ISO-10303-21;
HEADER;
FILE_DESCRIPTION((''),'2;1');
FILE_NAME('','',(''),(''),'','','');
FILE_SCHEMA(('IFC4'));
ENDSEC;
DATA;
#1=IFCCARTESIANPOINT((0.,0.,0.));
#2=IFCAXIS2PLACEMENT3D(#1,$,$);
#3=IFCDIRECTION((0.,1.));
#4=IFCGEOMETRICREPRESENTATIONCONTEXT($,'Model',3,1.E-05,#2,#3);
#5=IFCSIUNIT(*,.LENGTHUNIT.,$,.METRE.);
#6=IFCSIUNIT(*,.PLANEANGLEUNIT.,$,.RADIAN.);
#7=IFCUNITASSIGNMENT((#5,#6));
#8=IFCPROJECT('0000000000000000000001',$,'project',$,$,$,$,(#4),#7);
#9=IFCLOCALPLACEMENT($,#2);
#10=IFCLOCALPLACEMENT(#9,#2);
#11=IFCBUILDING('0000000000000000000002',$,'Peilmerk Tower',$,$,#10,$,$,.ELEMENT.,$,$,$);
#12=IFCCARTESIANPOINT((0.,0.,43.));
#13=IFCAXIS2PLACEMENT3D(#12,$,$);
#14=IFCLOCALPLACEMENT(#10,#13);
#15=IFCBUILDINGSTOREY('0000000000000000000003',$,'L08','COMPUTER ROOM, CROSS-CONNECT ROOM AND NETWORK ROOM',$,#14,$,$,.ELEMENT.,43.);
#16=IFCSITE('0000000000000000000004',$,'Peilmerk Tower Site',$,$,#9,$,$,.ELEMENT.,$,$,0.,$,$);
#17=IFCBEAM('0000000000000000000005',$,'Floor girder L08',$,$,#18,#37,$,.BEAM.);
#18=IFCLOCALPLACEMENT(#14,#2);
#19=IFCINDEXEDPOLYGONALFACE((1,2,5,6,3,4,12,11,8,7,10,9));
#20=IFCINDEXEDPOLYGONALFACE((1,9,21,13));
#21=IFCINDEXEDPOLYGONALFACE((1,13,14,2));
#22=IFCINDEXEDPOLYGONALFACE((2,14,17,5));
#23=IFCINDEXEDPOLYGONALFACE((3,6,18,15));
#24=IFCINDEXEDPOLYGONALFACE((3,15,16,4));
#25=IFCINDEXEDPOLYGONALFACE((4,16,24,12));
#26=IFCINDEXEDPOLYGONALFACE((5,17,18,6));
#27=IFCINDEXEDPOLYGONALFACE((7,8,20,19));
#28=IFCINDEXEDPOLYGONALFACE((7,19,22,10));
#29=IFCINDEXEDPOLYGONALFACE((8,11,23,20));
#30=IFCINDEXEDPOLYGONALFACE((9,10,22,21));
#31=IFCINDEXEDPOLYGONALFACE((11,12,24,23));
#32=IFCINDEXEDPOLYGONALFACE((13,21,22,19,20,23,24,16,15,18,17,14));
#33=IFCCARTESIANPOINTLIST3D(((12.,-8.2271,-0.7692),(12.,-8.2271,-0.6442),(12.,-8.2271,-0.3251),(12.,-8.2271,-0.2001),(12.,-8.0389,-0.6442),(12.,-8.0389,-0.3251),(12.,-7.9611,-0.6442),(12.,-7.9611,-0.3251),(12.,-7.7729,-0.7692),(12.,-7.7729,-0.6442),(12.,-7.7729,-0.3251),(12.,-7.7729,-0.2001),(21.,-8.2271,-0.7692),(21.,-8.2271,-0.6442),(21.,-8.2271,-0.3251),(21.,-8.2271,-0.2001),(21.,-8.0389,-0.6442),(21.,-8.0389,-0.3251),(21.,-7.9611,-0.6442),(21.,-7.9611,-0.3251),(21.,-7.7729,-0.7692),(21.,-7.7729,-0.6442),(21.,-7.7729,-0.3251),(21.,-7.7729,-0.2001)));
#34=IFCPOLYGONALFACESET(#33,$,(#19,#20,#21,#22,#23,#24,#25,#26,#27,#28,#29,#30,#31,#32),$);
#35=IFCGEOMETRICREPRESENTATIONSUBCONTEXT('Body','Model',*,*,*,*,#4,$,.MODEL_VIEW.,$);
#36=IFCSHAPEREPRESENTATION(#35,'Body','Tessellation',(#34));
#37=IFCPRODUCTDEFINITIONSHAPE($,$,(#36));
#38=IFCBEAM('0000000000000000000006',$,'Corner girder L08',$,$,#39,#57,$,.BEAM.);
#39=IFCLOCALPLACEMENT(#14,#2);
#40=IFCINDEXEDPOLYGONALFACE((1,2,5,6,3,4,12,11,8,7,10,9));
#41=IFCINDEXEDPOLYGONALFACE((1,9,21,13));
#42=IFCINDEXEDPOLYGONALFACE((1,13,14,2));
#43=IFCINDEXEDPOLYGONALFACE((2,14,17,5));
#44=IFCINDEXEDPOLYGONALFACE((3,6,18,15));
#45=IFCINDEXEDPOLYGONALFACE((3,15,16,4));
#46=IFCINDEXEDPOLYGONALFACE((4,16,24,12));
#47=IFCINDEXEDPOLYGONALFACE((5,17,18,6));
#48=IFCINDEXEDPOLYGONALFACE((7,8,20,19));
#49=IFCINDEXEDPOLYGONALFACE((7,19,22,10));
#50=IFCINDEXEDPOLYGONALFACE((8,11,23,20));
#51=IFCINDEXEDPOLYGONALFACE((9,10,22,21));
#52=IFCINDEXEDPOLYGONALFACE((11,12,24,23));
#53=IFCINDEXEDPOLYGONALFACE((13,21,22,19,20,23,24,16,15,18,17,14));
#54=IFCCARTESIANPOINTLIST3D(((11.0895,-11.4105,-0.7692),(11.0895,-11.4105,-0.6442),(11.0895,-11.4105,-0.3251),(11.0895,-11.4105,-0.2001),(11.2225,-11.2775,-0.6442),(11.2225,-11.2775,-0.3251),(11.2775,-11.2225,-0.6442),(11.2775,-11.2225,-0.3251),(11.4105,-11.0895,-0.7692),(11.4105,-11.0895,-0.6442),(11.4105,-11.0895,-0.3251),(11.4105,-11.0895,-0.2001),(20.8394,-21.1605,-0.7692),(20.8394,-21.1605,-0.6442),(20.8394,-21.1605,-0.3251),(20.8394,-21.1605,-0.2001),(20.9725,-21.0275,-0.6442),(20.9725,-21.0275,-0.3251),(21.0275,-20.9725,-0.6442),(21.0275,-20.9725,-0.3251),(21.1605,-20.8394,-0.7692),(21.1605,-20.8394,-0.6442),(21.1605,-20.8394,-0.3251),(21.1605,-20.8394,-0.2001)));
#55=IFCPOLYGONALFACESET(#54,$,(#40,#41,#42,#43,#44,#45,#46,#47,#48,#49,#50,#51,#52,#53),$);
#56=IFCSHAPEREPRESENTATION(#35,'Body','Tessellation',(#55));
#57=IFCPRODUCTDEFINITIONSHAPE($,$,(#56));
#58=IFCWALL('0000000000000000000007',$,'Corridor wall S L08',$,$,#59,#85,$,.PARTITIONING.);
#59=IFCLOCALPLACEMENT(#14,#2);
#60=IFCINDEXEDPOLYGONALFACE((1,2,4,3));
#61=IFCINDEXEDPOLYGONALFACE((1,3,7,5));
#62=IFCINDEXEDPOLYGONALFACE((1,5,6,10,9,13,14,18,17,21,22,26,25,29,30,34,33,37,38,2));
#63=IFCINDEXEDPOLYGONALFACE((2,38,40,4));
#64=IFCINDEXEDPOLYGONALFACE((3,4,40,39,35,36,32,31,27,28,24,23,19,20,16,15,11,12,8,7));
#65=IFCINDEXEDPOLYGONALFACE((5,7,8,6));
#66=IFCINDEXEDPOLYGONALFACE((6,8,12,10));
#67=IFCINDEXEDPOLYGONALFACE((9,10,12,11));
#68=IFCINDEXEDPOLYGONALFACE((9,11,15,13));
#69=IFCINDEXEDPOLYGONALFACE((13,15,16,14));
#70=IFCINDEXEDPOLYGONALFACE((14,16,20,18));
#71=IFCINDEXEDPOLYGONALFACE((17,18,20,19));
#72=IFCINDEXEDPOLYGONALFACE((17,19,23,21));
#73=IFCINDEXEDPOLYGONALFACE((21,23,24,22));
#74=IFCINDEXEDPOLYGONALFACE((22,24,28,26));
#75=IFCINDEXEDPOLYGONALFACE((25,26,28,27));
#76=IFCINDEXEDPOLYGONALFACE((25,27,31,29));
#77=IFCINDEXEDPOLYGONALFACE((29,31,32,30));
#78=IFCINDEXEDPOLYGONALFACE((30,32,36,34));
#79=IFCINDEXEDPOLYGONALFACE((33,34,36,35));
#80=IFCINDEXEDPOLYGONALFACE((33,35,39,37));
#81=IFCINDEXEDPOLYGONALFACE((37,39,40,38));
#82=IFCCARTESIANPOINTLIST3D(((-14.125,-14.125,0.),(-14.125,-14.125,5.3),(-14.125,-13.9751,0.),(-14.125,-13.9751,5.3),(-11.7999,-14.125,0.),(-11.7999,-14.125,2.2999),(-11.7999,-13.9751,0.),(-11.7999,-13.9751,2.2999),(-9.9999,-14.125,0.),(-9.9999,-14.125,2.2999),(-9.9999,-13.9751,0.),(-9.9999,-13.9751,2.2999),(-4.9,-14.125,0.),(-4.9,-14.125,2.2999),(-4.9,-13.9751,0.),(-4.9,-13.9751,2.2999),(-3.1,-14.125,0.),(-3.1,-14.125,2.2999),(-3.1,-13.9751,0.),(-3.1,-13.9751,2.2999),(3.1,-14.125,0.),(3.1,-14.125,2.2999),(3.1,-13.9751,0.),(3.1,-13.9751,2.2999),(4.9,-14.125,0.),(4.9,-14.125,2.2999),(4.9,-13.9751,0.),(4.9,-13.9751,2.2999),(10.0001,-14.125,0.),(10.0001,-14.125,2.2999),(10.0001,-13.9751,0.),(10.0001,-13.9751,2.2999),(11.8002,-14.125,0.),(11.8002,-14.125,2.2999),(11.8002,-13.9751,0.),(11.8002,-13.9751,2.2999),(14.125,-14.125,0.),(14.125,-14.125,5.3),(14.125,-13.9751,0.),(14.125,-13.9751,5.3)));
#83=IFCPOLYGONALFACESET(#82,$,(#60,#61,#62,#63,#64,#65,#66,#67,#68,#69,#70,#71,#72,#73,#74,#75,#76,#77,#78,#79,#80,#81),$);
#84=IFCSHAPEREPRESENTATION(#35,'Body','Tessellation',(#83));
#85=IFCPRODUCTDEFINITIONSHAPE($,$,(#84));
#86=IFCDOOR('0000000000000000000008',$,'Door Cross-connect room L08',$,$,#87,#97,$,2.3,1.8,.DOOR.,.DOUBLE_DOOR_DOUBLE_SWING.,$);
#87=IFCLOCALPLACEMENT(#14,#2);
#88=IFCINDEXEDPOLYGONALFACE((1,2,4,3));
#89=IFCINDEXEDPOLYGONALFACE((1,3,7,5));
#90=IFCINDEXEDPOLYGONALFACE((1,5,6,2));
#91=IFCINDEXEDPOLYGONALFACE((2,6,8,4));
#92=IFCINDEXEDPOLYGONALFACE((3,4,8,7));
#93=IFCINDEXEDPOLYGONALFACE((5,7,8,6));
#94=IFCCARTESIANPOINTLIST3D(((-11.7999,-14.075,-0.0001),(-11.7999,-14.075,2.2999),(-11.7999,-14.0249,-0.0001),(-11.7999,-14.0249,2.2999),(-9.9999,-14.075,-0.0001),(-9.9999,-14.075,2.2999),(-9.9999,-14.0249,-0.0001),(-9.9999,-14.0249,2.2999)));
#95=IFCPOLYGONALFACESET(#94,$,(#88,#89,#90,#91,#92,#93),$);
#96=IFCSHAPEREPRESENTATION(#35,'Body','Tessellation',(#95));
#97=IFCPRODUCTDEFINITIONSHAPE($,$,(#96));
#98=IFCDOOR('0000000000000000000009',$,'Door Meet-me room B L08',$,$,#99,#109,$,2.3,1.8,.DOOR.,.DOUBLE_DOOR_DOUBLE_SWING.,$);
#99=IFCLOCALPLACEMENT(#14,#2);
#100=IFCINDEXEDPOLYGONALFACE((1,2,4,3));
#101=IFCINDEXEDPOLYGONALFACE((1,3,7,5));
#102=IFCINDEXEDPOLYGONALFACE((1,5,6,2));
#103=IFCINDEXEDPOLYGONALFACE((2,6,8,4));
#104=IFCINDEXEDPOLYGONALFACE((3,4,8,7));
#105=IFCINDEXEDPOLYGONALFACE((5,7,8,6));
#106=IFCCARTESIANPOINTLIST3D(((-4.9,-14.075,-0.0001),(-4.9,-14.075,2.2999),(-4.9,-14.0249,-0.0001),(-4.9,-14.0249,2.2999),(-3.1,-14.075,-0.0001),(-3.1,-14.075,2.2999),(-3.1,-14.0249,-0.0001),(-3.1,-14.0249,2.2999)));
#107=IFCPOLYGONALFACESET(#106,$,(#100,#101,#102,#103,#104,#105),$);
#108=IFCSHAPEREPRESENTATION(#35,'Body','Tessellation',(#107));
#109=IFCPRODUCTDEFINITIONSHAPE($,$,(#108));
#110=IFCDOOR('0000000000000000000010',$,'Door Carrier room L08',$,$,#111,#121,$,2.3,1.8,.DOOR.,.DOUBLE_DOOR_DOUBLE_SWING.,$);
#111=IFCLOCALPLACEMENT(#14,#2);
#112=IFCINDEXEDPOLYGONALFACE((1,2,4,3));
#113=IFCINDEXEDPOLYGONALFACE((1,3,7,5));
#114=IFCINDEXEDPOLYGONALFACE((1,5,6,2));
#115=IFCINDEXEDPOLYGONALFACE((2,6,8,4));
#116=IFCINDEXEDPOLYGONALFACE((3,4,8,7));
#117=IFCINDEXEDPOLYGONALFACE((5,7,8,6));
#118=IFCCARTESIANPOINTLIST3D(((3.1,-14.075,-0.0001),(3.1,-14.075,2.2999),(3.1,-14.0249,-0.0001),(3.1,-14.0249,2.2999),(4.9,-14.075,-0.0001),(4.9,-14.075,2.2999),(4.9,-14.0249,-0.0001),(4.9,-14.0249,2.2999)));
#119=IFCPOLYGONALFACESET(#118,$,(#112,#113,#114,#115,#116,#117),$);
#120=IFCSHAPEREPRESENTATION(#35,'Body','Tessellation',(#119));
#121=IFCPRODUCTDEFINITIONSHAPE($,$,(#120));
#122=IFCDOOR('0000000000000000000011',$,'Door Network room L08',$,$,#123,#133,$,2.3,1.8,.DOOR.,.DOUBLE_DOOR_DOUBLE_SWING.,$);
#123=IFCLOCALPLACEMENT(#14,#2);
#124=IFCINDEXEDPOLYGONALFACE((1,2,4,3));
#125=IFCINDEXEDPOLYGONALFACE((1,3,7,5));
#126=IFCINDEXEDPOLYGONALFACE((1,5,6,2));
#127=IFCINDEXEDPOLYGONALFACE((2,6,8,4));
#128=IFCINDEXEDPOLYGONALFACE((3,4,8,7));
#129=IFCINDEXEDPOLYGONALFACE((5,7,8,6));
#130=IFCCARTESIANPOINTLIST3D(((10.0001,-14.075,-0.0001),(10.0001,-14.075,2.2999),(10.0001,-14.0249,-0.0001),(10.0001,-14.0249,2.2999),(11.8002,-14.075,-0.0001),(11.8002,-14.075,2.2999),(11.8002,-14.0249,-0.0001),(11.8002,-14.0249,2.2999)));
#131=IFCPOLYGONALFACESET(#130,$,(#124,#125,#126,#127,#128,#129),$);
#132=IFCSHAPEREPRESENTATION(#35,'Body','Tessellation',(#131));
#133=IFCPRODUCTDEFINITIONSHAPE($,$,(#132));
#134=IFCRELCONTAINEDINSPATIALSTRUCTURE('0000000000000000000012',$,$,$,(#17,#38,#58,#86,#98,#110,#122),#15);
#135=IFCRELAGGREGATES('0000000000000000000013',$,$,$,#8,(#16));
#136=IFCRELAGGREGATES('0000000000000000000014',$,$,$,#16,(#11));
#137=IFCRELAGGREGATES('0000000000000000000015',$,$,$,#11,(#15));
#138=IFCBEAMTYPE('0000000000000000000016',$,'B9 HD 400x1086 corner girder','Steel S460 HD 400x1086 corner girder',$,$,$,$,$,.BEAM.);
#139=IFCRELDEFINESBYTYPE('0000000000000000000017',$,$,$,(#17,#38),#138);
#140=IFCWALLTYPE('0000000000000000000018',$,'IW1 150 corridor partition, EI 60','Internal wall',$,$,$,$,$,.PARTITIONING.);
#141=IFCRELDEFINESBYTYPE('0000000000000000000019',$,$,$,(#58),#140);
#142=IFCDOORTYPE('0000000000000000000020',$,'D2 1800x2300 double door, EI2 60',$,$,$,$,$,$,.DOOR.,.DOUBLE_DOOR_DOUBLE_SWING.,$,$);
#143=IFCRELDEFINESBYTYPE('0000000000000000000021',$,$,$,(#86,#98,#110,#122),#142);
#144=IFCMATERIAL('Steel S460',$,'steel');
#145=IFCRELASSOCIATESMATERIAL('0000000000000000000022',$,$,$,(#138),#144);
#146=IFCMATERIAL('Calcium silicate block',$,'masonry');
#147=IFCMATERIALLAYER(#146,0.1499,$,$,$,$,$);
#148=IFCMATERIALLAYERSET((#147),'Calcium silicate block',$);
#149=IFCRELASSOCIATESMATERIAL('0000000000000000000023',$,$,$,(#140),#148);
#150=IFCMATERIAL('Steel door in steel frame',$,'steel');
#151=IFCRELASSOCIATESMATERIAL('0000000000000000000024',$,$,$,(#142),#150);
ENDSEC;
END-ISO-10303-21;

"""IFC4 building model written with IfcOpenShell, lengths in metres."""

from ifc_helpers import new_model, si_unit, direction, frame, frame_2d, origin, origin_2d, place, context, subcontext, project, spatial, rectangle, i_section, extrude, material, layer, layer_set, material_profile, profile_set, type_object, element, fill, save


model = new_model("IFC4")

# Units and contexts
model_context = context("Model", 3, precision=1e-05, world=origin(), true_north=direction((0.0, 1.0)))
body_context = subcontext(model_context, "Body", "Model", "MODEL_VIEW")
ifc_project = project(units=[si_unit("LENGTHUNIT", "METRE"), si_unit("PLANEANGLEUNIT", "RADIAN")], contexts=[model_context])

# Site, building, storey
site_placement = place(None, origin())
site = spatial("IfcSite", under=ifc_project, at=site_placement, Name="Peilmerk Tower Site", CompositionType="ELEMENT", RefElevation=0.0)
building_placement = place(site_placement, origin())
building = spatial("IfcBuilding", under=site, at=building_placement, Name="Peilmerk Tower", CompositionType="ELEMENT")
storey_placement = place(building_placement, frame((0.0, 0.0, 43.0)))
storey = spatial("IfcBuildingStorey", under=building, at=storey_placement, Name="L08", Description="COMPUTER ROOM, CROSS-CONNECT ROOM AND NETWORK ROOM", CompositionType="ELEMENT", Elevation=43.0)

# Beams
ifc_material_1 = material(Name="Steel S460", Category="steel")
ifc_material_profile_1 = material_profile(ifc_material_1, i_section(OverallWidth=0.4541, OverallDepth=0.5691, WebThickness=0.0779, FlangeThickness=0.125, at=origin_2d()), Name="HD 400x1086")
ifc_profile_set_1 = profile_set([ifc_material_profile_1], Name="Steel S460")
beam_type_1 = type_object("IfcBeamType", Name="B9 HD 400x1086 corner girder", Description="Steel S460 HD 400x1086 corner girder", PredefinedType="BEAM", material=ifc_profile_set_1)
beam_1_placement = place(storey_placement, frame((12.0, -8.0, -0.4846), z_axis=(1.0, 0.0, 0.0), x_axis=(0.0, 1.0, 0.0)))
element("IfcBeam", 1, at=beam_1_placement, inside=storey, type_object=beam_type_1, Name="Floor girder L08", PredefinedType="BEAM", context=body_context, shape_type="SweptSolid", body=[
    extrude(i_section(OverallWidth=0.4541, OverallDepth=0.5691, WebThickness=0.0779, FlangeThickness=0.125, at=origin_2d()), origin(), (0.0, 0.0, 1.0), 9.0),
])
beam_2_placement = place(storey_placement, frame((11.25, -11.25, -0.4846), z_axis=(0.707107, -0.707107, 0.0), x_axis=(0.707107, 0.707107, 0.0)))
element("IfcBeam", 2, at=beam_2_placement, inside=storey, type_object=beam_type_1, Name="Corner girder L08", PredefinedType="BEAM", context=body_context, shape_type="SweptSolid", body=[
    extrude(i_section(OverallWidth=0.4541, OverallDepth=0.5691, WebThickness=0.0779, FlangeThickness=0.125, at=origin_2d()), origin(), (0.0, 0.0, 1.0), 13.7886),
])

# Wall, openings, doors
ifc_material_2 = material(Name="Calcium silicate block", Category="masonry")
ifc_layer_1 = layer(ifc_material_2, 0.1499)
ifc_layer_set_1 = layer_set([ifc_layer_1], Name="Calcium silicate block")
wall_type_1 = type_object("IfcWallType", Name="IW1 150 corridor partition, EI 60", Description="Internal wall", PredefinedType="PARTITIONING", material=ifc_layer_set_1)
wall_1_placement = place(storey_placement, frame((14.125, -14.05, 0.0), z_axis=(0.0, 0.0, 1.0), x_axis=(-1.0, 0.0, 0.0)))
wall_1 = element("IfcWall", 3, at=wall_1_placement, inside=storey, type_object=wall_type_1, Name="Corridor wall S L08", PredefinedType="PARTITIONING", context=body_context, shape_type="SweptSolid", body=[
    extrude(rectangle(XDim=28.25, YDim=0.1499, at=frame_2d((14.125, 0.0))), origin(), (0.0, 0.0, 1.0), 5.3),
])
opening_1_placement = place(wall_1_placement, frame((24.125, 0.0, 0.0)))
opening_1 = element("IfcOpeningElement", 4, at=opening_1_placement, cuts=wall_1, PredefinedType="OPENING", context=body_context, shape_type="SweptSolid", body=[
    extrude(rectangle(XDim=1.8, YDim=2.3, at=frame_2d((0.8999, 1.1499))), frame((0.0, 0.085, 0.0), z_axis=(0.0, -1.0, 0.0), x_axis=(1.0, 0.0, 0.0)), (0.0, 0.0, 1.0), 0.1699),
])
opening_2_placement = place(wall_1_placement, frame((17.2251, 0.0, 0.0)))
opening_2 = element("IfcOpeningElement", 5, at=opening_2_placement, cuts=wall_1, PredefinedType="OPENING", context=body_context, shape_type="SweptSolid", body=[
    extrude(rectangle(XDim=1.8, YDim=2.3, at=frame_2d((0.8999, 1.1499))), frame((0.0, 0.085, 0.0), z_axis=(0.0, -1.0, 0.0), x_axis=(1.0, 0.0, 0.0)), (0.0, 0.0, 1.0), 0.1699),
])
opening_3_placement = place(wall_1_placement, frame((9.2251, 0.0, 0.0)))
opening_3 = element("IfcOpeningElement", 6, at=opening_3_placement, cuts=wall_1, PredefinedType="OPENING", context=body_context, shape_type="SweptSolid", body=[
    extrude(rectangle(XDim=1.8, YDim=2.3, at=frame_2d((0.8999, 1.1499))), frame((0.0, 0.085, 0.0), z_axis=(0.0, -1.0, 0.0), x_axis=(1.0, 0.0, 0.0)), (0.0, 0.0, 1.0), 0.1699),
])
opening_4_placement = place(wall_1_placement, frame((2.325, 0.0, 0.0)))
opening_4 = element("IfcOpeningElement", 7, at=opening_4_placement, cuts=wall_1, PredefinedType="OPENING", context=body_context, shape_type="SweptSolid", body=[
    extrude(rectangle(XDim=1.8, YDim=2.3, at=frame_2d((0.8999, 1.1499))), frame((0.0, 0.085, 0.0), z_axis=(0.0, -1.0, 0.0), x_axis=(1.0, 0.0, 0.0)), (0.0, 0.0, 1.0), 0.1699),
])
ifc_material_3 = material(Name="Steel door in steel frame", Category="steel")
door_type = type_object("IfcDoorType", Name="D2 1800x2300 double door, EI2 60", OperationType="DOUBLE_DOOR_DOUBLE_SWING", PredefinedType="DOOR", material=ifc_material_3)
door_1_placement = place(opening_1_placement, origin())
door_1 = element("IfcDoor", 8, at=door_1_placement, inside=storey, type_object=door_type, Name="Door Cross-connect room L08", OperationType="DOUBLE_DOOR_DOUBLE_SWING", OverallHeight=2.3, OverallWidth=1.8, PredefinedType="DOOR", context=body_context, shape_type="SweptSolid", body=[
    extrude(rectangle(XDim=1.8, YDim=2.3, at=frame_2d((0.8999, 1.1499))), frame((0.0, 0.0249, 0.0), z_axis=(0.0, -1.0, 0.0), x_axis=(1.0, 0.0, 0.0)), (0.0, 0.0, 1.0), 0.05),
])
fill(opening_1, door_1)
door_2_placement = place(opening_2_placement, origin())
door_2 = element("IfcDoor", 9, at=door_2_placement, inside=storey, type_object=door_type, Name="Door Meet-me room B L08", OperationType="DOUBLE_DOOR_DOUBLE_SWING", OverallHeight=2.3, OverallWidth=1.8, PredefinedType="DOOR", context=body_context, shape_type="SweptSolid", body=[
    extrude(rectangle(XDim=1.8, YDim=2.3, at=frame_2d((0.8999, 1.1499))), frame((0.0, 0.0249, 0.0), z_axis=(0.0, -1.0, 0.0), x_axis=(1.0, 0.0, 0.0)), (0.0, 0.0, 1.0), 0.05),
])
fill(opening_2, door_2)
door_3_placement = place(opening_3_placement, origin())
door_3 = element("IfcDoor", 10, at=door_3_placement, inside=storey, type_object=door_type, Name="Door Carrier room L08", OperationType="DOUBLE_DOOR_DOUBLE_SWING", OverallHeight=2.3, OverallWidth=1.8, PredefinedType="DOOR", context=body_context, shape_type="SweptSolid", body=[
    extrude(rectangle(XDim=1.8, YDim=2.3, at=frame_2d((0.8999, 1.1499))), frame((0.0, 0.0249, 0.0), z_axis=(0.0, -1.0, 0.0), x_axis=(1.0, 0.0, 0.0)), (0.0, 0.0, 1.0), 0.05),
])
fill(opening_3, door_3)
door_4_placement = place(opening_4_placement, origin())
door_4 = element("IfcDoor", 11, at=door_4_placement, inside=storey, type_object=door_type, Name="Door Network room L08", OperationType="DOUBLE_DOOR_DOUBLE_SWING", OverallHeight=2.3, OverallWidth=1.8, PredefinedType="DOOR", context=body_context, shape_type="SweptSolid", body=[
    extrude(rectangle(XDim=1.8, YDim=2.3, at=frame_2d((0.8999, 1.1499))), frame((0.0, 0.0249, 0.0), z_axis=(0.0, -1.0, 0.0), x_axis=(1.0, 0.0, 0.0)), (0.0, 0.0, 1.0), 0.05),
])
fill(opening_4, door_4)

save(model, "model.ifc")
